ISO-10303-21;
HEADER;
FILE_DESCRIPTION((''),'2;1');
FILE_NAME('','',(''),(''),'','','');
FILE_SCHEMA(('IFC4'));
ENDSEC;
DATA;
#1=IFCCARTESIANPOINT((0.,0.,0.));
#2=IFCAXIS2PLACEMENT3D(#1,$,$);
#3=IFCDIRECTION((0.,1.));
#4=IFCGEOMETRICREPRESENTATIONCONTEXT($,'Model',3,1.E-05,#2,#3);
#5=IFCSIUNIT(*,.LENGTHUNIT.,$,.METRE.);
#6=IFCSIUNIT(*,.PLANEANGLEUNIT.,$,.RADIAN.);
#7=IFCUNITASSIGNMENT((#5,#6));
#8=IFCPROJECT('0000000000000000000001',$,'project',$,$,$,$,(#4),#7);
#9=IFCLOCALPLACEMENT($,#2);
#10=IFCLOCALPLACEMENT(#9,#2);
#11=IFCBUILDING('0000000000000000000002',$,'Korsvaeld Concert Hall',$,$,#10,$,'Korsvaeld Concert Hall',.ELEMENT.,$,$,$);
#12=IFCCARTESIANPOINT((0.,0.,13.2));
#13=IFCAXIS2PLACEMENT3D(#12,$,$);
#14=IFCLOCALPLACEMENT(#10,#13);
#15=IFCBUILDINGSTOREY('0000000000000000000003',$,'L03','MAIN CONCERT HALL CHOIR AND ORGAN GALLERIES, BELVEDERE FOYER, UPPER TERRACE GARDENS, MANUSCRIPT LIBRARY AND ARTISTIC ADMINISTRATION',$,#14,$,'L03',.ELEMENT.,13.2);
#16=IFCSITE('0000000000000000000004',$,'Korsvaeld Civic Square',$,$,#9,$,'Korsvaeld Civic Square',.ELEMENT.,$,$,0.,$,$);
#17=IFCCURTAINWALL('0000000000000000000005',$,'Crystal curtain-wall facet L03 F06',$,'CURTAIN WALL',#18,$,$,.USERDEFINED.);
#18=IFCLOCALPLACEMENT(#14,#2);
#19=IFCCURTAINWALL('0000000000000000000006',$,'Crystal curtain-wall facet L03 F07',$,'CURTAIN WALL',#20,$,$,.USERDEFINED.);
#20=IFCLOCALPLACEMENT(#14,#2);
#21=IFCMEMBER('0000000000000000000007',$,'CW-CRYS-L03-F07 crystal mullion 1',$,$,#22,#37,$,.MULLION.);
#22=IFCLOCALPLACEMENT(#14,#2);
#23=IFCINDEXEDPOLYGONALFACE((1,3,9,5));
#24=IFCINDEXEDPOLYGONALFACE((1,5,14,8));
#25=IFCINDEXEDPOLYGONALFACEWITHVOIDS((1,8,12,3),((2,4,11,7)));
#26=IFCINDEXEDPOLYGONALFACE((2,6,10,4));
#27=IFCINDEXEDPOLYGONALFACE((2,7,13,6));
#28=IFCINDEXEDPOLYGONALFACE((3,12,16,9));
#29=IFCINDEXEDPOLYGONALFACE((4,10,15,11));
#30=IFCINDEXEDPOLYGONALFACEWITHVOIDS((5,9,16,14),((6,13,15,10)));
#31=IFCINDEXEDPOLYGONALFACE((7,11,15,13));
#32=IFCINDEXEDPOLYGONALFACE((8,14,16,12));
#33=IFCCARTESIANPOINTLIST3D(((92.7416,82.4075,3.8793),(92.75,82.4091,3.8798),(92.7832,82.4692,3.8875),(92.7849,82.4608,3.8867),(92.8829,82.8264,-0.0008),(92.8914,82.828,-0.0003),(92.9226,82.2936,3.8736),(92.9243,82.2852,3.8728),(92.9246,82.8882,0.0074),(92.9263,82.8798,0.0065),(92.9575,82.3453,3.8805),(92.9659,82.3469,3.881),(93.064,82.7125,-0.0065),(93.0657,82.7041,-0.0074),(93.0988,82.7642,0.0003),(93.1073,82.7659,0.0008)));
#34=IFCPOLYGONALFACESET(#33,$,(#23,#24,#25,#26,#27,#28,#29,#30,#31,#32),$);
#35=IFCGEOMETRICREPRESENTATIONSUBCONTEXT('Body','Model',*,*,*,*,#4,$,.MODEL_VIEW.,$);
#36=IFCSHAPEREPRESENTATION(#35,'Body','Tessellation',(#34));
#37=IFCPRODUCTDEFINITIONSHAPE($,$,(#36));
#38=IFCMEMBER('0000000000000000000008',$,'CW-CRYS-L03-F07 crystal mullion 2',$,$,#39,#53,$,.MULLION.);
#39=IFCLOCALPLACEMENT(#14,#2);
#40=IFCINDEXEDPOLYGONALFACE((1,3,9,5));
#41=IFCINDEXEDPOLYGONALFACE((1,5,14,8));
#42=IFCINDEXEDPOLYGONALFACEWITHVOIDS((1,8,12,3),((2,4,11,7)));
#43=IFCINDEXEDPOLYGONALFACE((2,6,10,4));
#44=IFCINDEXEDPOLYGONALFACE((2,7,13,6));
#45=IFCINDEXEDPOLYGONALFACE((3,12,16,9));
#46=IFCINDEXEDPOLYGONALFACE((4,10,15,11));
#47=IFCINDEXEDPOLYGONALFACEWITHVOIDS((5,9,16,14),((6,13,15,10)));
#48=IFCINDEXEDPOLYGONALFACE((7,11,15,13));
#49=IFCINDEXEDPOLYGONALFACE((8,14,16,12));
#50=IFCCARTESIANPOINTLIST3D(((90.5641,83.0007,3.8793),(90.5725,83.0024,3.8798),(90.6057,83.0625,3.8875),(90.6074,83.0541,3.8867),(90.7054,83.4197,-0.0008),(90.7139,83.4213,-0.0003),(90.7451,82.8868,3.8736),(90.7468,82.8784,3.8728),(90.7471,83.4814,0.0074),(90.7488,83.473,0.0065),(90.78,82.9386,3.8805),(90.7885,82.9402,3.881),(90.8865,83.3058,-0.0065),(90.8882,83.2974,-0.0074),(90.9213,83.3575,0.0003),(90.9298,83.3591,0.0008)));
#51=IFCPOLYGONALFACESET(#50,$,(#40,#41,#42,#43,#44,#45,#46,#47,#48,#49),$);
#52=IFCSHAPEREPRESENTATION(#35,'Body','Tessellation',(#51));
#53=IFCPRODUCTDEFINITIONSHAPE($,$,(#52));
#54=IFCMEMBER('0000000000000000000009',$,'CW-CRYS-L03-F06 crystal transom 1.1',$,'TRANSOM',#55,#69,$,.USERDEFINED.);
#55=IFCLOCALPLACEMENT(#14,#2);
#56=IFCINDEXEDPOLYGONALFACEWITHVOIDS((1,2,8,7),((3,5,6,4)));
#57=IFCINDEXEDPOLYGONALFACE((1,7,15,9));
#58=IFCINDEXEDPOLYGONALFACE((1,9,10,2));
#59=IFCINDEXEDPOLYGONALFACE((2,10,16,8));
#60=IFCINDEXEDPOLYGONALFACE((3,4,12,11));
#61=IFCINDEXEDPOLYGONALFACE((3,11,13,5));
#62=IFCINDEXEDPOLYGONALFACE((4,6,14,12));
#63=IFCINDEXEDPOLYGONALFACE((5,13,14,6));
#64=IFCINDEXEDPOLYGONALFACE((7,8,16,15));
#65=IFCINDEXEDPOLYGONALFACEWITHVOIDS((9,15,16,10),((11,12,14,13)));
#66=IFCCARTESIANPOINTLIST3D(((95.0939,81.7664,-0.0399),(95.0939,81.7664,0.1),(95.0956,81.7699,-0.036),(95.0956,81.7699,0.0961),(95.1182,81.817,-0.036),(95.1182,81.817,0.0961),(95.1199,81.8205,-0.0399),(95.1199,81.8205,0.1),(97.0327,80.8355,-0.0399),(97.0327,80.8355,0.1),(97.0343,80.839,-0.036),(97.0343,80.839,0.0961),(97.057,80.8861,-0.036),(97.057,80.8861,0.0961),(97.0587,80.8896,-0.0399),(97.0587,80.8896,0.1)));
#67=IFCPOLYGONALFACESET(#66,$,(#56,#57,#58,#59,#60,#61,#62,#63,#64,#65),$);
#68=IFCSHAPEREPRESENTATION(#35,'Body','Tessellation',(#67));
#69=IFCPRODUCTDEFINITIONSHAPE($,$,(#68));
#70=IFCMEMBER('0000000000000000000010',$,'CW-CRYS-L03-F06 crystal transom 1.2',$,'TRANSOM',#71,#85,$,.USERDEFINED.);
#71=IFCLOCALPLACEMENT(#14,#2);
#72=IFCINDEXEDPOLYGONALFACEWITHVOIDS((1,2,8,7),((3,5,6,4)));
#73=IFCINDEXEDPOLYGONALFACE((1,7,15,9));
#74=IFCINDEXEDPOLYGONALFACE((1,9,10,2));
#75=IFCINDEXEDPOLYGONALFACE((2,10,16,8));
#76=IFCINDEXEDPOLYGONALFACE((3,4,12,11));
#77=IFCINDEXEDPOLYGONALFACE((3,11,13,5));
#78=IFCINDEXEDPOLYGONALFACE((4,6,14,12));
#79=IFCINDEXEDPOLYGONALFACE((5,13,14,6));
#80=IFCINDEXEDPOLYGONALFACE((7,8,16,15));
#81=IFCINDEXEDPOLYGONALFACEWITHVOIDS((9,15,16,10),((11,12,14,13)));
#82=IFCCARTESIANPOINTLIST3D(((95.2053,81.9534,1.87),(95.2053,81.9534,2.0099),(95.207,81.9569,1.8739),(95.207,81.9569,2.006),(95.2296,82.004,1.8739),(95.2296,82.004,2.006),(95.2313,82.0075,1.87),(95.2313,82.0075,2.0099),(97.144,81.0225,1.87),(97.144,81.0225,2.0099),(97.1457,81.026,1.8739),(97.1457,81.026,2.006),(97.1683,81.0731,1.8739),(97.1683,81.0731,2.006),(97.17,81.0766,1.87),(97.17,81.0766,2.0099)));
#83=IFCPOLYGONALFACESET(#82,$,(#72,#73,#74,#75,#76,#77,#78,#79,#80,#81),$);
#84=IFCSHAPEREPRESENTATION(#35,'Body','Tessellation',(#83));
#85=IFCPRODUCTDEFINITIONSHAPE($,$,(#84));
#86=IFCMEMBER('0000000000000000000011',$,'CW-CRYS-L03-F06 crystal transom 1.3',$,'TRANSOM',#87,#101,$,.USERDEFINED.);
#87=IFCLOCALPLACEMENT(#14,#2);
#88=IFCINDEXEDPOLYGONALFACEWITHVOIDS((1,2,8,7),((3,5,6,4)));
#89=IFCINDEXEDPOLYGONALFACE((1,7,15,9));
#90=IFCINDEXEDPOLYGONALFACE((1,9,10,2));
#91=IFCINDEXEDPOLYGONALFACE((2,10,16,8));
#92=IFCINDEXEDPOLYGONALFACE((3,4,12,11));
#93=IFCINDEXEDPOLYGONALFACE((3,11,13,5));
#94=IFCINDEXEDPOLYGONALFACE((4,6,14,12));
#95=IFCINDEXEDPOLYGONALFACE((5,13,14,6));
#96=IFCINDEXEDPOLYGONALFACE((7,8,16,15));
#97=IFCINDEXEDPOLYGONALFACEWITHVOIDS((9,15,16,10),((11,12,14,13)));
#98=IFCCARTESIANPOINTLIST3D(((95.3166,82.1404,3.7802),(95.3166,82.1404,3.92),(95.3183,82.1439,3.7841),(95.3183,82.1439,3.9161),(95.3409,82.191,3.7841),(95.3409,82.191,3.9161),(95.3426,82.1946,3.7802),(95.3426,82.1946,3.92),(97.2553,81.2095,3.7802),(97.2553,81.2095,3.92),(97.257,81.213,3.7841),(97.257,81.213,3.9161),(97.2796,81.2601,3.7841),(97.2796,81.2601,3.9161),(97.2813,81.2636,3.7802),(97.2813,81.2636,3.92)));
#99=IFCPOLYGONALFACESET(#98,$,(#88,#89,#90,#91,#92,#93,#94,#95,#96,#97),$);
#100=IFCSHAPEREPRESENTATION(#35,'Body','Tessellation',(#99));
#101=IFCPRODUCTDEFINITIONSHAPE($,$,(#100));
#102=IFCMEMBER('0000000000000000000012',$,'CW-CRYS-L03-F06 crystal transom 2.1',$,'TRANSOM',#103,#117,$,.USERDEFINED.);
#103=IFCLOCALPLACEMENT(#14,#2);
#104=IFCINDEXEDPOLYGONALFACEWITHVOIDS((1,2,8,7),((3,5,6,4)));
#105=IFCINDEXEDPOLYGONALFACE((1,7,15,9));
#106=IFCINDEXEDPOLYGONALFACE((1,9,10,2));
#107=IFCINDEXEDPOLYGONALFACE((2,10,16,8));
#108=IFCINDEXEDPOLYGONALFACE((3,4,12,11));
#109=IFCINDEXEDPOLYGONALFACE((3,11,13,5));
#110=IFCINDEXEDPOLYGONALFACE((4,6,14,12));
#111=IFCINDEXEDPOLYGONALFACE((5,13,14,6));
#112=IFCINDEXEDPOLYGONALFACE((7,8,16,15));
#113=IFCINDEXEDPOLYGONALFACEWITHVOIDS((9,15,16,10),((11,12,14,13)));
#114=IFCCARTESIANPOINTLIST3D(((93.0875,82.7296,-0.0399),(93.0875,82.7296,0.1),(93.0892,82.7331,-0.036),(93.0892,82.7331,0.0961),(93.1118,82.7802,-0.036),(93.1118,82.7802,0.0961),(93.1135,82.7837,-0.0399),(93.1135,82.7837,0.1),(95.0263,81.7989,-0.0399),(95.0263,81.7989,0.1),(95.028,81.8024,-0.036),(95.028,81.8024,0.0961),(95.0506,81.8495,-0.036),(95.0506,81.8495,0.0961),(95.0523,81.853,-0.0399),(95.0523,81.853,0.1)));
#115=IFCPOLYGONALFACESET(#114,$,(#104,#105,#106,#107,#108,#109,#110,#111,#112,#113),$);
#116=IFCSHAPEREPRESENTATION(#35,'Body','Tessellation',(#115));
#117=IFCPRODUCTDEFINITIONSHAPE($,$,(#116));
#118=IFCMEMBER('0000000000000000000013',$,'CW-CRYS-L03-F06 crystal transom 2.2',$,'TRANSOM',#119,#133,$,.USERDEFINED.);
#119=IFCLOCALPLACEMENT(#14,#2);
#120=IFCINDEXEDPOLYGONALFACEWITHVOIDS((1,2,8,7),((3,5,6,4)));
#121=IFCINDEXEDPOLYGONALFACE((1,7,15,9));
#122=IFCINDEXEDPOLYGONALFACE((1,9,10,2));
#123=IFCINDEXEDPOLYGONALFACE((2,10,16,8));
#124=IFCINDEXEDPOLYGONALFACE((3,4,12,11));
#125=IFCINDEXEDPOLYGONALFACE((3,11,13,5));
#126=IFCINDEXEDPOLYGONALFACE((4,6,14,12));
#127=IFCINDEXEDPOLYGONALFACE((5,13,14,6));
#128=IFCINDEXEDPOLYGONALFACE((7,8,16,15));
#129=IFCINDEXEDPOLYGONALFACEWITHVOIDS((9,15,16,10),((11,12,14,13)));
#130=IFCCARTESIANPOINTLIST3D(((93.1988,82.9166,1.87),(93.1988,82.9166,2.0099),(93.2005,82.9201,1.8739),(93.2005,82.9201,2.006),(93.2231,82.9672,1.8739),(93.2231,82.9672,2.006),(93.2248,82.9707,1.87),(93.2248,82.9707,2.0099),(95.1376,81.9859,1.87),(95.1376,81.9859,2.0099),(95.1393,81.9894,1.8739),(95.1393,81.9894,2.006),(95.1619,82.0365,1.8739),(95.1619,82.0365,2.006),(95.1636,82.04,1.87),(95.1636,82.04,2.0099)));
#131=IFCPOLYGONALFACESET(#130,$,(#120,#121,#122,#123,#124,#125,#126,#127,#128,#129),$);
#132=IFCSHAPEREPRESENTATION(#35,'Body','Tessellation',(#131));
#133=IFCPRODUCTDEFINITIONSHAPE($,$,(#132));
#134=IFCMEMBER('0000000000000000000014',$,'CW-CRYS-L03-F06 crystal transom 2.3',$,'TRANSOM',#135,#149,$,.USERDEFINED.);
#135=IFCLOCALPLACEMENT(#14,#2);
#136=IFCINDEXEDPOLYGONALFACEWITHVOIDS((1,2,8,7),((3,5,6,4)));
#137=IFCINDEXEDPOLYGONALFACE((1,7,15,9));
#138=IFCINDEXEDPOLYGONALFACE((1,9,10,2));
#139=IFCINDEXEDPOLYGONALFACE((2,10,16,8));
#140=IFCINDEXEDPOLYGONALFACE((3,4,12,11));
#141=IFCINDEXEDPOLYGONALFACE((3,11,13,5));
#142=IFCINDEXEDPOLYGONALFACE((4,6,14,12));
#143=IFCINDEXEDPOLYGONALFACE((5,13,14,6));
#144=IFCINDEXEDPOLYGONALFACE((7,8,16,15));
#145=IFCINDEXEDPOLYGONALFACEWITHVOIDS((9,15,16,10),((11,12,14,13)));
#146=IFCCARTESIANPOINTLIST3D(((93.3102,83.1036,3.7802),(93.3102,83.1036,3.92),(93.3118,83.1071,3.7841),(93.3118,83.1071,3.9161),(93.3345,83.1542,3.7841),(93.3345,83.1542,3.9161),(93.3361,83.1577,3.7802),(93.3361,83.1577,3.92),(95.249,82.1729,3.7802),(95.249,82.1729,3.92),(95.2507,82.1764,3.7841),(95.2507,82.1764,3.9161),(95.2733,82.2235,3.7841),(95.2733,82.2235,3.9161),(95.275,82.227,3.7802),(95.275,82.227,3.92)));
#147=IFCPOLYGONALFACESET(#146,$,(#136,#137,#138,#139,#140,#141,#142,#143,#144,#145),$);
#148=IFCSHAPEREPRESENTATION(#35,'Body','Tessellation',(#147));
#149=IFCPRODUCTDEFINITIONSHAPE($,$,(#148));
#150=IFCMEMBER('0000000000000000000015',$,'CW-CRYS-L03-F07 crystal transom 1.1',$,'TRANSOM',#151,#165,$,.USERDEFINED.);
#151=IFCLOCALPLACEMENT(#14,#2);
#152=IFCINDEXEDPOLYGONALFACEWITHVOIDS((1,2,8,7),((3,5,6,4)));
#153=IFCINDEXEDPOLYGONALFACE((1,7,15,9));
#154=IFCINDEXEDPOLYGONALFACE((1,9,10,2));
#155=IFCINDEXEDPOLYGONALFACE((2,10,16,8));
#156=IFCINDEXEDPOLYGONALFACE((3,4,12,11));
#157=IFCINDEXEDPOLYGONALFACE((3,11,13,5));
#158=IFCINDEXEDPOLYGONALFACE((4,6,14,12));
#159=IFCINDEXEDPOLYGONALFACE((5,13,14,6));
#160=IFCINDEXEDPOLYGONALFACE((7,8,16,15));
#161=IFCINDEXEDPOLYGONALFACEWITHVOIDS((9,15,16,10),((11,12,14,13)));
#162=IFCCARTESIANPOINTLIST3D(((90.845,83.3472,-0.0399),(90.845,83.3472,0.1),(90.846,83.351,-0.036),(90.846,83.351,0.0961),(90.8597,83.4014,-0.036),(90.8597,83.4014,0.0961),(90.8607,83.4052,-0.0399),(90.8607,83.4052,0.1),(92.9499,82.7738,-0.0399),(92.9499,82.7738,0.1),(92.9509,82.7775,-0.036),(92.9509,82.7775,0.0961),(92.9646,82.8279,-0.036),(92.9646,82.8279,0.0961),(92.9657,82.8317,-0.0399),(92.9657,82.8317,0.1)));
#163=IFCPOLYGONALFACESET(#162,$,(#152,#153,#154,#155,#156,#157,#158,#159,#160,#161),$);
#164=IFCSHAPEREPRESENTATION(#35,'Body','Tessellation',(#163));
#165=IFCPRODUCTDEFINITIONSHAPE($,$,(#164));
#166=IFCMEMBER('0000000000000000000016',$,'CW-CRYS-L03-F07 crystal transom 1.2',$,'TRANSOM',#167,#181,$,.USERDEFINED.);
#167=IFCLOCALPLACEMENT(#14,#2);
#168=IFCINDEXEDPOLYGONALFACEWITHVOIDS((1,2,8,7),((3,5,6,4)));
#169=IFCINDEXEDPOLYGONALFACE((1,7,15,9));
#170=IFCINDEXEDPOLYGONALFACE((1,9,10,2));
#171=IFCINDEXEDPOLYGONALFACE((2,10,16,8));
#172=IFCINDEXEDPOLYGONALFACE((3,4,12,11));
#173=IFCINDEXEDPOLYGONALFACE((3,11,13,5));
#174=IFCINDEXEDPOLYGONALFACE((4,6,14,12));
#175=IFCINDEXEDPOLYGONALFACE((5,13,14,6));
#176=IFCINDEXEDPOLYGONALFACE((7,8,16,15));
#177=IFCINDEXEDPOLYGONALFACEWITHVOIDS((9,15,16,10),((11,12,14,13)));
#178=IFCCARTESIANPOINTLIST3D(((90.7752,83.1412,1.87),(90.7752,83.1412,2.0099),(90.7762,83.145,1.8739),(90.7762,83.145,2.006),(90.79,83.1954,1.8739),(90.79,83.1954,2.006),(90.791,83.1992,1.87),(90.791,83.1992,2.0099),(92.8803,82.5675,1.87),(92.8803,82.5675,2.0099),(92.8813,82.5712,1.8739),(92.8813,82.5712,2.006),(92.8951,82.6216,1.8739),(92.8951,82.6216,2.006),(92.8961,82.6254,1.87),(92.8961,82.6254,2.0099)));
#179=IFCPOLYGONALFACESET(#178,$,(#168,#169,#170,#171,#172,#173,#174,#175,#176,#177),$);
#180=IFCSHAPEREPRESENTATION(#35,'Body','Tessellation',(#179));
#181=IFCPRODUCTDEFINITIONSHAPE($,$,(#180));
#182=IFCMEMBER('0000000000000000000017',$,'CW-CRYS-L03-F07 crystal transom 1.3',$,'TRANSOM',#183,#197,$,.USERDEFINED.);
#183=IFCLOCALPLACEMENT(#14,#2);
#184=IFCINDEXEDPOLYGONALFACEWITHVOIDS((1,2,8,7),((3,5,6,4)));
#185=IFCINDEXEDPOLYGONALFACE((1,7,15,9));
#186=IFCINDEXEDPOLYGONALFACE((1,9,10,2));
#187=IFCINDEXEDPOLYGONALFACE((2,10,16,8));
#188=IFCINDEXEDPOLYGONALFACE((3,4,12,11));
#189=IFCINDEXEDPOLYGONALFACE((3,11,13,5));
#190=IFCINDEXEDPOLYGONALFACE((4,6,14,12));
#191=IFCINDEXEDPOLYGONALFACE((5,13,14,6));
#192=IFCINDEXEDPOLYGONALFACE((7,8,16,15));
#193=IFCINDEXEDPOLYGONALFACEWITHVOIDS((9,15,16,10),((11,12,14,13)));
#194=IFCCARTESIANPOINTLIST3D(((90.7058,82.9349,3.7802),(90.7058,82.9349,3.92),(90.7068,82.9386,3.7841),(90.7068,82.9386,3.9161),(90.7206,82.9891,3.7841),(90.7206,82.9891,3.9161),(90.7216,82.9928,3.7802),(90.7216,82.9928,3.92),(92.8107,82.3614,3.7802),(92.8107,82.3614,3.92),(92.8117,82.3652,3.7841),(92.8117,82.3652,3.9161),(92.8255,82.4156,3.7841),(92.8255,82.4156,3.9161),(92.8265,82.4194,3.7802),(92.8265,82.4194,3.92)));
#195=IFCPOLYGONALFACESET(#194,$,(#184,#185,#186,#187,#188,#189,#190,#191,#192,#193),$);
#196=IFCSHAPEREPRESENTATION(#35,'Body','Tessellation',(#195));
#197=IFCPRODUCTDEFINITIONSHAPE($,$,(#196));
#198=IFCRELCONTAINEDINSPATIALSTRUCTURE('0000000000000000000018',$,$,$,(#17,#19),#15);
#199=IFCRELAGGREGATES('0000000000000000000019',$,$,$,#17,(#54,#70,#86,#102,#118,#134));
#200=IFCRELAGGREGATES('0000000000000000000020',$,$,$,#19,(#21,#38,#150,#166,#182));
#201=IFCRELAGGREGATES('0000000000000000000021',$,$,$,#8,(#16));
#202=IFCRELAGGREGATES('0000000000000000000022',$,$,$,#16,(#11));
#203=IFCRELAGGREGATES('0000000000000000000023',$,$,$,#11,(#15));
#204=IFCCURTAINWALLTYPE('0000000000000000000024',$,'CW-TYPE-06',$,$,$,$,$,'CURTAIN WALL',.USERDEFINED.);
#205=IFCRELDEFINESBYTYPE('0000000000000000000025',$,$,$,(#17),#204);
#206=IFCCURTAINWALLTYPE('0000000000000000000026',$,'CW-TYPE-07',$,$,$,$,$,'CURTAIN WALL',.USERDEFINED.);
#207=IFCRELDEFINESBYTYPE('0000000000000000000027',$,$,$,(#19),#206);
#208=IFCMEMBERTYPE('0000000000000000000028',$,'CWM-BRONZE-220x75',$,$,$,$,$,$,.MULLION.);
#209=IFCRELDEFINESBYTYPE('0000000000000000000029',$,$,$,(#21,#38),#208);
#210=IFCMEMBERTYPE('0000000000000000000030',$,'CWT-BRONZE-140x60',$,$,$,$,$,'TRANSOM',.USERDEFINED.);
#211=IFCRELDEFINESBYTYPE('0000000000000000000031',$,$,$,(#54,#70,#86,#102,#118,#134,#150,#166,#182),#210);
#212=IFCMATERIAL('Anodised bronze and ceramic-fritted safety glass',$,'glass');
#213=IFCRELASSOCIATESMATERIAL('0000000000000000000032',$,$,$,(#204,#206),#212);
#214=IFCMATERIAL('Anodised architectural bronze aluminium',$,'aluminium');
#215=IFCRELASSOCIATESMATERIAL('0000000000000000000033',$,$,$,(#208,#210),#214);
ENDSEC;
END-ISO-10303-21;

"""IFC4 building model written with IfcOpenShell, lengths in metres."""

from ifc_helpers import new_model, si_unit, direction, frame, origin, origin_2d, place, context, subcontext, project, spatial, hollow_rectangle, extrude, material, material_profile, profile_set, type_object, element, aggregate, save


model = new_model("IFC4")

# Units and contexts
model_context = context("Model", 3, precision=1e-05, world=origin(), true_north=direction((0.0, 1.0)))
body_context = subcontext(model_context, "Body", "Model", "MODEL_VIEW")
ifc_project = project(units=[si_unit("LENGTHUNIT", "METRE"), si_unit("PLANEANGLEUNIT", "RADIAN")], contexts=[model_context])

# Site, building, storey
site_placement = place(None, origin())
site = spatial("IfcSite", under=ifc_project, at=site_placement, Name="Korsvaeld Civic Square", LongName="Korsvaeld Civic Square", CompositionType="ELEMENT", RefElevation=0.0)
building_placement = place(site_placement, origin())
building = spatial("IfcBuilding", under=site, at=building_placement, Name="Korsvaeld Concert Hall", LongName="Korsvaeld Concert Hall", CompositionType="ELEMENT")
storey_placement = place(building_placement, frame((0.0, 0.0, 13.2)))
storey = spatial("IfcBuildingStorey", under=building, at=storey_placement, Name="L03", Description="MAIN CONCERT HALL CHOIR AND ORGAN GALLERIES, BELVEDERE FOYER, UPPER TERRACE GARDENS, MANUSCRIPT LIBRARY AND ARTISTIC ADMINISTRATION", LongName="L03", CompositionType="ELEMENT", Elevation=13.2)

# Curtain wall
ifc_material_1 = material(Name="Anodised bronze and ceramic-fritted safety glass", Category="glass")
curtain_wall_type_1 = type_object("IfcCurtainWallType", Name="CW-TYPE-06", ElementType="CURTAIN WALL", PredefinedType="USERDEFINED", material=ifc_material_1)
curtain_wall_1_placement = place(storey_placement, origin())
curtain_wall_1 = element("IfcCurtainWall", 1, at=curtain_wall_1_placement, inside=storey, type_object=curtain_wall_type_1, Name="Crystal curtain-wall facet L03 F06", ObjectType="CURTAIN WALL", PredefinedType="USERDEFINED")
ifc_material_2 = material(Name="Anodised architectural bronze aluminium", Category="aluminium")

# Shared definitions
ifc_material_profile_1 = material_profile(ifc_material_2, hollow_rectangle(XDim=0.075, YDim=0.22, WallThickness=0.0061, at=origin_2d()), Name="CWM 220x75x6")
ifc_profile_set_1 = profile_set([ifc_material_profile_1], Name="Anodised architectural bronze aluminium")
member_type_1 = type_object("IfcMemberType", Name="CWM-BRONZE-220x75", PredefinedType="MULLION", material=ifc_profile_set_1)

# Curtain wall, members
curtain_wall_type_2 = type_object("IfcCurtainWallType", Name="CW-TYPE-07", ElementType="CURTAIN WALL", PredefinedType="USERDEFINED", material=ifc_material_1)
curtain_wall_2_placement = place(storey_placement, origin())
curtain_wall_2 = element("IfcCurtainWall", 2, at=curtain_wall_2_placement, inside=storey, type_object=curtain_wall_type_2, Name="Crystal curtain-wall facet L03 F07", ObjectType="CURTAIN WALL", PredefinedType="USERDEFINED")
member_1_placement = place(storey_placement, frame((92.9951, 82.7961, 0.0), z_axis=(-0.036197, -0.107278, 0.99357), x_axis=(-0.555586, -0.824252, -0.109237)))
member_1 = element("IfcMember", 3, at=member_1_placement, type_object=member_type_1, Name="CW-CRYS-L03-F07 crystal mullion 1", PredefinedType="MULLION", context=body_context, shape_type="SweptSolid", body=[
    extrude(hollow_rectangle(XDim=0.075, YDim=0.22, WallThickness=0.0061, at=origin_2d()), origin(), (0.0, 0.0, 1.0), 3.9053),
])
member_2_placement = place(storey_placement, frame((90.8176, 83.3894, 0.0), z_axis=(-0.036197, -0.107278, 0.99357), x_axis=(-0.555586, -0.824252, -0.109237)))
member_2 = element("IfcMember", 4, at=member_2_placement, type_object=member_type_1, Name="CW-CRYS-L03-F07 crystal mullion 2", PredefinedType="MULLION", context=body_context, shape_type="SweptSolid", body=[
    extrude(hollow_rectangle(XDim=0.075, YDim=0.22, WallThickness=0.0061, at=origin_2d()), origin(), (0.0, 0.0, 1.0), 3.9053),
])

# Members
ifc_material_profile_2 = material_profile(ifc_material_2, hollow_rectangle(XDim=0.0601, YDim=0.1399, WallThickness=0.0039, at=origin_2d()), Name="CWT 140x60x4")
ifc_profile_set_2 = profile_set([ifc_material_profile_2], Name="Anodised architectural bronze aluminium")
member_type_2 = type_object("IfcMemberType", Name="CWT-BRONZE-140x60", ElementType="TRANSOM", PredefinedType="USERDEFINED", material=ifc_profile_set_2)
member_3_placement = place(storey_placement, frame((97.0457, 80.8625, 0.03), z_axis=(-0.901465, 0.432853, 0.0), x_axis=(-0.432853, -0.901465, 0.0)))
member_3 = element("IfcMember", 5, at=member_3_placement, type_object=member_type_2, Name="CW-CRYS-L03-F06 crystal transom 1.1", ObjectType="TRANSOM", PredefinedType="USERDEFINED", context=body_context, shape_type="SweptSolid", body=[
    extrude(hollow_rectangle(XDim=0.0601, YDim=0.1399, WallThickness=0.0039, at=origin_2d()), origin(), (0.0, 0.0, 1.0), 2.1506),
])
member_4_placement = place(storey_placement, frame((97.157, 81.0496, 1.9399), z_axis=(-0.901465, 0.432853, 0.0), x_axis=(-0.432853, -0.901465, 0.0)))
member_4 = element("IfcMember", 6, at=member_4_placement, type_object=member_type_2, Name="CW-CRYS-L03-F06 crystal transom 1.2", ObjectType="TRANSOM", PredefinedType="USERDEFINED", context=body_context, shape_type="SweptSolid", body=[
    extrude(hollow_rectangle(XDim=0.0601, YDim=0.1399, WallThickness=0.0039, at=origin_2d()), origin(), (0.0, 0.0, 1.0), 2.1506),
])
member_5_placement = place(storey_placement, frame((97.2683, 81.2366, 3.8501), z_axis=(-0.901465, 0.432853, 0.0), x_axis=(-0.432853, -0.901465, 0.0)))
member_5 = element("IfcMember", 7, at=member_5_placement, type_object=member_type_2, Name="CW-CRYS-L03-F06 crystal transom 1.3", ObjectType="TRANSOM", PredefinedType="USERDEFINED", context=body_context, shape_type="SweptSolid", body=[
    extrude(hollow_rectangle(XDim=0.0601, YDim=0.1399, WallThickness=0.0039, at=origin_2d()), origin(), (0.0, 0.0, 1.0), 2.1506),
])
member_6_placement = place(storey_placement, frame((95.0393, 81.8259, 0.03), z_axis=(-0.901509, 0.432761, 0.0), x_axis=(-0.432761, -0.901509, 0.0)))
member_6 = element("IfcMember", 8, at=member_6_placement, type_object=member_type_2, Name="CW-CRYS-L03-F06 crystal transom 2.1", ObjectType="TRANSOM", PredefinedType="USERDEFINED", context=body_context, shape_type="SweptSolid", body=[
    extrude(hollow_rectangle(XDim=0.0601, YDim=0.1399, WallThickness=0.0039, at=origin_2d()), origin(), (0.0, 0.0, 1.0), 2.1506),
])
member_7_placement = place(storey_placement, frame((95.1506, 82.0129, 1.9399), z_axis=(-0.901509, 0.432761, 0.0), x_axis=(-0.432761, -0.901509, 0.0)))
member_7 = element("IfcMember", 9, at=member_7_placement, type_object=member_type_2, Name="CW-CRYS-L03-F06 crystal transom 2.2", ObjectType="TRANSOM", PredefinedType="USERDEFINED", context=body_context, shape_type="SweptSolid", body=[
    extrude(hollow_rectangle(XDim=0.0601, YDim=0.1399, WallThickness=0.0039, at=origin_2d()), origin(), (0.0, 0.0, 1.0), 2.1506),
])
member_8_placement = place(storey_placement, frame((95.262, 82.2, 3.8501), z_axis=(-0.901509, 0.432761, 0.0), x_axis=(-0.432761, -0.901509, 0.0)))
member_8 = element("IfcMember", 10, at=member_8_placement, type_object=member_type_2, Name="CW-CRYS-L03-F06 crystal transom 2.3", ObjectType="TRANSOM", PredefinedType="USERDEFINED", context=body_context, shape_type="SweptSolid", body=[
    extrude(hollow_rectangle(XDim=0.0601, YDim=0.1399, WallThickness=0.0039, at=origin_2d()), origin(), (0.0, 0.0, 1.0), 2.1506),
])
member_9_placement = place(storey_placement, frame((92.9578, 82.8027, 0.03), z_axis=(-0.964834, 0.262862, 0.0), x_axis=(-0.262862, -0.964834, 0.0)))
member_9 = element("IfcMember", 11, at=member_9_placement, type_object=member_type_2, Name="CW-CRYS-L03-F07 crystal transom 1.1", ObjectType="TRANSOM", PredefinedType="USERDEFINED", context=body_context, shape_type="SweptSolid", body=[
    extrude(hollow_rectangle(XDim=0.0601, YDim=0.1399, WallThickness=0.0039, at=origin_2d()), origin(), (0.0, 0.0, 1.0), 2.1816),
])
member_10_placement = place(storey_placement, frame((92.8882, 82.5964, 1.9399), z_axis=(-0.964805, 0.262966, 0.0), x_axis=(-0.262966, -0.964805, 0.0)))
member_10 = element("IfcMember", 12, at=member_10_placement, type_object=member_type_2, Name="CW-CRYS-L03-F07 crystal transom 1.2", ObjectType="TRANSOM", PredefinedType="USERDEFINED", context=body_context, shape_type="SweptSolid", body=[
    extrude(hollow_rectangle(XDim=0.0601, YDim=0.1399, WallThickness=0.0039, at=origin_2d()), origin(), (0.0, 0.0, 1.0), 2.1819),
])
member_11_placement = place(storey_placement, frame((92.8186, 82.3904, 3.8501), z_axis=(-0.964834, 0.262862, 0.0), x_axis=(-0.262862, -0.964834, 0.0)))
member_11 = element("IfcMember", 13, at=member_11_placement, type_object=member_type_2, Name="CW-CRYS-L03-F07 crystal transom 1.3", ObjectType="TRANSOM", PredefinedType="USERDEFINED", context=body_context, shape_type="SweptSolid", body=[
    extrude(hollow_rectangle(XDim=0.0601, YDim=0.1399, WallThickness=0.0039, at=origin_2d()), origin(), (0.0, 0.0, 1.0), 2.1816),
])

aggregate(curtain_wall_1, [member_3, member_4, member_5, member_6, member_7, member_8])
aggregate(curtain_wall_2, [member_1, member_2, member_9, member_10, member_11])

save(model, "model.ifc")
